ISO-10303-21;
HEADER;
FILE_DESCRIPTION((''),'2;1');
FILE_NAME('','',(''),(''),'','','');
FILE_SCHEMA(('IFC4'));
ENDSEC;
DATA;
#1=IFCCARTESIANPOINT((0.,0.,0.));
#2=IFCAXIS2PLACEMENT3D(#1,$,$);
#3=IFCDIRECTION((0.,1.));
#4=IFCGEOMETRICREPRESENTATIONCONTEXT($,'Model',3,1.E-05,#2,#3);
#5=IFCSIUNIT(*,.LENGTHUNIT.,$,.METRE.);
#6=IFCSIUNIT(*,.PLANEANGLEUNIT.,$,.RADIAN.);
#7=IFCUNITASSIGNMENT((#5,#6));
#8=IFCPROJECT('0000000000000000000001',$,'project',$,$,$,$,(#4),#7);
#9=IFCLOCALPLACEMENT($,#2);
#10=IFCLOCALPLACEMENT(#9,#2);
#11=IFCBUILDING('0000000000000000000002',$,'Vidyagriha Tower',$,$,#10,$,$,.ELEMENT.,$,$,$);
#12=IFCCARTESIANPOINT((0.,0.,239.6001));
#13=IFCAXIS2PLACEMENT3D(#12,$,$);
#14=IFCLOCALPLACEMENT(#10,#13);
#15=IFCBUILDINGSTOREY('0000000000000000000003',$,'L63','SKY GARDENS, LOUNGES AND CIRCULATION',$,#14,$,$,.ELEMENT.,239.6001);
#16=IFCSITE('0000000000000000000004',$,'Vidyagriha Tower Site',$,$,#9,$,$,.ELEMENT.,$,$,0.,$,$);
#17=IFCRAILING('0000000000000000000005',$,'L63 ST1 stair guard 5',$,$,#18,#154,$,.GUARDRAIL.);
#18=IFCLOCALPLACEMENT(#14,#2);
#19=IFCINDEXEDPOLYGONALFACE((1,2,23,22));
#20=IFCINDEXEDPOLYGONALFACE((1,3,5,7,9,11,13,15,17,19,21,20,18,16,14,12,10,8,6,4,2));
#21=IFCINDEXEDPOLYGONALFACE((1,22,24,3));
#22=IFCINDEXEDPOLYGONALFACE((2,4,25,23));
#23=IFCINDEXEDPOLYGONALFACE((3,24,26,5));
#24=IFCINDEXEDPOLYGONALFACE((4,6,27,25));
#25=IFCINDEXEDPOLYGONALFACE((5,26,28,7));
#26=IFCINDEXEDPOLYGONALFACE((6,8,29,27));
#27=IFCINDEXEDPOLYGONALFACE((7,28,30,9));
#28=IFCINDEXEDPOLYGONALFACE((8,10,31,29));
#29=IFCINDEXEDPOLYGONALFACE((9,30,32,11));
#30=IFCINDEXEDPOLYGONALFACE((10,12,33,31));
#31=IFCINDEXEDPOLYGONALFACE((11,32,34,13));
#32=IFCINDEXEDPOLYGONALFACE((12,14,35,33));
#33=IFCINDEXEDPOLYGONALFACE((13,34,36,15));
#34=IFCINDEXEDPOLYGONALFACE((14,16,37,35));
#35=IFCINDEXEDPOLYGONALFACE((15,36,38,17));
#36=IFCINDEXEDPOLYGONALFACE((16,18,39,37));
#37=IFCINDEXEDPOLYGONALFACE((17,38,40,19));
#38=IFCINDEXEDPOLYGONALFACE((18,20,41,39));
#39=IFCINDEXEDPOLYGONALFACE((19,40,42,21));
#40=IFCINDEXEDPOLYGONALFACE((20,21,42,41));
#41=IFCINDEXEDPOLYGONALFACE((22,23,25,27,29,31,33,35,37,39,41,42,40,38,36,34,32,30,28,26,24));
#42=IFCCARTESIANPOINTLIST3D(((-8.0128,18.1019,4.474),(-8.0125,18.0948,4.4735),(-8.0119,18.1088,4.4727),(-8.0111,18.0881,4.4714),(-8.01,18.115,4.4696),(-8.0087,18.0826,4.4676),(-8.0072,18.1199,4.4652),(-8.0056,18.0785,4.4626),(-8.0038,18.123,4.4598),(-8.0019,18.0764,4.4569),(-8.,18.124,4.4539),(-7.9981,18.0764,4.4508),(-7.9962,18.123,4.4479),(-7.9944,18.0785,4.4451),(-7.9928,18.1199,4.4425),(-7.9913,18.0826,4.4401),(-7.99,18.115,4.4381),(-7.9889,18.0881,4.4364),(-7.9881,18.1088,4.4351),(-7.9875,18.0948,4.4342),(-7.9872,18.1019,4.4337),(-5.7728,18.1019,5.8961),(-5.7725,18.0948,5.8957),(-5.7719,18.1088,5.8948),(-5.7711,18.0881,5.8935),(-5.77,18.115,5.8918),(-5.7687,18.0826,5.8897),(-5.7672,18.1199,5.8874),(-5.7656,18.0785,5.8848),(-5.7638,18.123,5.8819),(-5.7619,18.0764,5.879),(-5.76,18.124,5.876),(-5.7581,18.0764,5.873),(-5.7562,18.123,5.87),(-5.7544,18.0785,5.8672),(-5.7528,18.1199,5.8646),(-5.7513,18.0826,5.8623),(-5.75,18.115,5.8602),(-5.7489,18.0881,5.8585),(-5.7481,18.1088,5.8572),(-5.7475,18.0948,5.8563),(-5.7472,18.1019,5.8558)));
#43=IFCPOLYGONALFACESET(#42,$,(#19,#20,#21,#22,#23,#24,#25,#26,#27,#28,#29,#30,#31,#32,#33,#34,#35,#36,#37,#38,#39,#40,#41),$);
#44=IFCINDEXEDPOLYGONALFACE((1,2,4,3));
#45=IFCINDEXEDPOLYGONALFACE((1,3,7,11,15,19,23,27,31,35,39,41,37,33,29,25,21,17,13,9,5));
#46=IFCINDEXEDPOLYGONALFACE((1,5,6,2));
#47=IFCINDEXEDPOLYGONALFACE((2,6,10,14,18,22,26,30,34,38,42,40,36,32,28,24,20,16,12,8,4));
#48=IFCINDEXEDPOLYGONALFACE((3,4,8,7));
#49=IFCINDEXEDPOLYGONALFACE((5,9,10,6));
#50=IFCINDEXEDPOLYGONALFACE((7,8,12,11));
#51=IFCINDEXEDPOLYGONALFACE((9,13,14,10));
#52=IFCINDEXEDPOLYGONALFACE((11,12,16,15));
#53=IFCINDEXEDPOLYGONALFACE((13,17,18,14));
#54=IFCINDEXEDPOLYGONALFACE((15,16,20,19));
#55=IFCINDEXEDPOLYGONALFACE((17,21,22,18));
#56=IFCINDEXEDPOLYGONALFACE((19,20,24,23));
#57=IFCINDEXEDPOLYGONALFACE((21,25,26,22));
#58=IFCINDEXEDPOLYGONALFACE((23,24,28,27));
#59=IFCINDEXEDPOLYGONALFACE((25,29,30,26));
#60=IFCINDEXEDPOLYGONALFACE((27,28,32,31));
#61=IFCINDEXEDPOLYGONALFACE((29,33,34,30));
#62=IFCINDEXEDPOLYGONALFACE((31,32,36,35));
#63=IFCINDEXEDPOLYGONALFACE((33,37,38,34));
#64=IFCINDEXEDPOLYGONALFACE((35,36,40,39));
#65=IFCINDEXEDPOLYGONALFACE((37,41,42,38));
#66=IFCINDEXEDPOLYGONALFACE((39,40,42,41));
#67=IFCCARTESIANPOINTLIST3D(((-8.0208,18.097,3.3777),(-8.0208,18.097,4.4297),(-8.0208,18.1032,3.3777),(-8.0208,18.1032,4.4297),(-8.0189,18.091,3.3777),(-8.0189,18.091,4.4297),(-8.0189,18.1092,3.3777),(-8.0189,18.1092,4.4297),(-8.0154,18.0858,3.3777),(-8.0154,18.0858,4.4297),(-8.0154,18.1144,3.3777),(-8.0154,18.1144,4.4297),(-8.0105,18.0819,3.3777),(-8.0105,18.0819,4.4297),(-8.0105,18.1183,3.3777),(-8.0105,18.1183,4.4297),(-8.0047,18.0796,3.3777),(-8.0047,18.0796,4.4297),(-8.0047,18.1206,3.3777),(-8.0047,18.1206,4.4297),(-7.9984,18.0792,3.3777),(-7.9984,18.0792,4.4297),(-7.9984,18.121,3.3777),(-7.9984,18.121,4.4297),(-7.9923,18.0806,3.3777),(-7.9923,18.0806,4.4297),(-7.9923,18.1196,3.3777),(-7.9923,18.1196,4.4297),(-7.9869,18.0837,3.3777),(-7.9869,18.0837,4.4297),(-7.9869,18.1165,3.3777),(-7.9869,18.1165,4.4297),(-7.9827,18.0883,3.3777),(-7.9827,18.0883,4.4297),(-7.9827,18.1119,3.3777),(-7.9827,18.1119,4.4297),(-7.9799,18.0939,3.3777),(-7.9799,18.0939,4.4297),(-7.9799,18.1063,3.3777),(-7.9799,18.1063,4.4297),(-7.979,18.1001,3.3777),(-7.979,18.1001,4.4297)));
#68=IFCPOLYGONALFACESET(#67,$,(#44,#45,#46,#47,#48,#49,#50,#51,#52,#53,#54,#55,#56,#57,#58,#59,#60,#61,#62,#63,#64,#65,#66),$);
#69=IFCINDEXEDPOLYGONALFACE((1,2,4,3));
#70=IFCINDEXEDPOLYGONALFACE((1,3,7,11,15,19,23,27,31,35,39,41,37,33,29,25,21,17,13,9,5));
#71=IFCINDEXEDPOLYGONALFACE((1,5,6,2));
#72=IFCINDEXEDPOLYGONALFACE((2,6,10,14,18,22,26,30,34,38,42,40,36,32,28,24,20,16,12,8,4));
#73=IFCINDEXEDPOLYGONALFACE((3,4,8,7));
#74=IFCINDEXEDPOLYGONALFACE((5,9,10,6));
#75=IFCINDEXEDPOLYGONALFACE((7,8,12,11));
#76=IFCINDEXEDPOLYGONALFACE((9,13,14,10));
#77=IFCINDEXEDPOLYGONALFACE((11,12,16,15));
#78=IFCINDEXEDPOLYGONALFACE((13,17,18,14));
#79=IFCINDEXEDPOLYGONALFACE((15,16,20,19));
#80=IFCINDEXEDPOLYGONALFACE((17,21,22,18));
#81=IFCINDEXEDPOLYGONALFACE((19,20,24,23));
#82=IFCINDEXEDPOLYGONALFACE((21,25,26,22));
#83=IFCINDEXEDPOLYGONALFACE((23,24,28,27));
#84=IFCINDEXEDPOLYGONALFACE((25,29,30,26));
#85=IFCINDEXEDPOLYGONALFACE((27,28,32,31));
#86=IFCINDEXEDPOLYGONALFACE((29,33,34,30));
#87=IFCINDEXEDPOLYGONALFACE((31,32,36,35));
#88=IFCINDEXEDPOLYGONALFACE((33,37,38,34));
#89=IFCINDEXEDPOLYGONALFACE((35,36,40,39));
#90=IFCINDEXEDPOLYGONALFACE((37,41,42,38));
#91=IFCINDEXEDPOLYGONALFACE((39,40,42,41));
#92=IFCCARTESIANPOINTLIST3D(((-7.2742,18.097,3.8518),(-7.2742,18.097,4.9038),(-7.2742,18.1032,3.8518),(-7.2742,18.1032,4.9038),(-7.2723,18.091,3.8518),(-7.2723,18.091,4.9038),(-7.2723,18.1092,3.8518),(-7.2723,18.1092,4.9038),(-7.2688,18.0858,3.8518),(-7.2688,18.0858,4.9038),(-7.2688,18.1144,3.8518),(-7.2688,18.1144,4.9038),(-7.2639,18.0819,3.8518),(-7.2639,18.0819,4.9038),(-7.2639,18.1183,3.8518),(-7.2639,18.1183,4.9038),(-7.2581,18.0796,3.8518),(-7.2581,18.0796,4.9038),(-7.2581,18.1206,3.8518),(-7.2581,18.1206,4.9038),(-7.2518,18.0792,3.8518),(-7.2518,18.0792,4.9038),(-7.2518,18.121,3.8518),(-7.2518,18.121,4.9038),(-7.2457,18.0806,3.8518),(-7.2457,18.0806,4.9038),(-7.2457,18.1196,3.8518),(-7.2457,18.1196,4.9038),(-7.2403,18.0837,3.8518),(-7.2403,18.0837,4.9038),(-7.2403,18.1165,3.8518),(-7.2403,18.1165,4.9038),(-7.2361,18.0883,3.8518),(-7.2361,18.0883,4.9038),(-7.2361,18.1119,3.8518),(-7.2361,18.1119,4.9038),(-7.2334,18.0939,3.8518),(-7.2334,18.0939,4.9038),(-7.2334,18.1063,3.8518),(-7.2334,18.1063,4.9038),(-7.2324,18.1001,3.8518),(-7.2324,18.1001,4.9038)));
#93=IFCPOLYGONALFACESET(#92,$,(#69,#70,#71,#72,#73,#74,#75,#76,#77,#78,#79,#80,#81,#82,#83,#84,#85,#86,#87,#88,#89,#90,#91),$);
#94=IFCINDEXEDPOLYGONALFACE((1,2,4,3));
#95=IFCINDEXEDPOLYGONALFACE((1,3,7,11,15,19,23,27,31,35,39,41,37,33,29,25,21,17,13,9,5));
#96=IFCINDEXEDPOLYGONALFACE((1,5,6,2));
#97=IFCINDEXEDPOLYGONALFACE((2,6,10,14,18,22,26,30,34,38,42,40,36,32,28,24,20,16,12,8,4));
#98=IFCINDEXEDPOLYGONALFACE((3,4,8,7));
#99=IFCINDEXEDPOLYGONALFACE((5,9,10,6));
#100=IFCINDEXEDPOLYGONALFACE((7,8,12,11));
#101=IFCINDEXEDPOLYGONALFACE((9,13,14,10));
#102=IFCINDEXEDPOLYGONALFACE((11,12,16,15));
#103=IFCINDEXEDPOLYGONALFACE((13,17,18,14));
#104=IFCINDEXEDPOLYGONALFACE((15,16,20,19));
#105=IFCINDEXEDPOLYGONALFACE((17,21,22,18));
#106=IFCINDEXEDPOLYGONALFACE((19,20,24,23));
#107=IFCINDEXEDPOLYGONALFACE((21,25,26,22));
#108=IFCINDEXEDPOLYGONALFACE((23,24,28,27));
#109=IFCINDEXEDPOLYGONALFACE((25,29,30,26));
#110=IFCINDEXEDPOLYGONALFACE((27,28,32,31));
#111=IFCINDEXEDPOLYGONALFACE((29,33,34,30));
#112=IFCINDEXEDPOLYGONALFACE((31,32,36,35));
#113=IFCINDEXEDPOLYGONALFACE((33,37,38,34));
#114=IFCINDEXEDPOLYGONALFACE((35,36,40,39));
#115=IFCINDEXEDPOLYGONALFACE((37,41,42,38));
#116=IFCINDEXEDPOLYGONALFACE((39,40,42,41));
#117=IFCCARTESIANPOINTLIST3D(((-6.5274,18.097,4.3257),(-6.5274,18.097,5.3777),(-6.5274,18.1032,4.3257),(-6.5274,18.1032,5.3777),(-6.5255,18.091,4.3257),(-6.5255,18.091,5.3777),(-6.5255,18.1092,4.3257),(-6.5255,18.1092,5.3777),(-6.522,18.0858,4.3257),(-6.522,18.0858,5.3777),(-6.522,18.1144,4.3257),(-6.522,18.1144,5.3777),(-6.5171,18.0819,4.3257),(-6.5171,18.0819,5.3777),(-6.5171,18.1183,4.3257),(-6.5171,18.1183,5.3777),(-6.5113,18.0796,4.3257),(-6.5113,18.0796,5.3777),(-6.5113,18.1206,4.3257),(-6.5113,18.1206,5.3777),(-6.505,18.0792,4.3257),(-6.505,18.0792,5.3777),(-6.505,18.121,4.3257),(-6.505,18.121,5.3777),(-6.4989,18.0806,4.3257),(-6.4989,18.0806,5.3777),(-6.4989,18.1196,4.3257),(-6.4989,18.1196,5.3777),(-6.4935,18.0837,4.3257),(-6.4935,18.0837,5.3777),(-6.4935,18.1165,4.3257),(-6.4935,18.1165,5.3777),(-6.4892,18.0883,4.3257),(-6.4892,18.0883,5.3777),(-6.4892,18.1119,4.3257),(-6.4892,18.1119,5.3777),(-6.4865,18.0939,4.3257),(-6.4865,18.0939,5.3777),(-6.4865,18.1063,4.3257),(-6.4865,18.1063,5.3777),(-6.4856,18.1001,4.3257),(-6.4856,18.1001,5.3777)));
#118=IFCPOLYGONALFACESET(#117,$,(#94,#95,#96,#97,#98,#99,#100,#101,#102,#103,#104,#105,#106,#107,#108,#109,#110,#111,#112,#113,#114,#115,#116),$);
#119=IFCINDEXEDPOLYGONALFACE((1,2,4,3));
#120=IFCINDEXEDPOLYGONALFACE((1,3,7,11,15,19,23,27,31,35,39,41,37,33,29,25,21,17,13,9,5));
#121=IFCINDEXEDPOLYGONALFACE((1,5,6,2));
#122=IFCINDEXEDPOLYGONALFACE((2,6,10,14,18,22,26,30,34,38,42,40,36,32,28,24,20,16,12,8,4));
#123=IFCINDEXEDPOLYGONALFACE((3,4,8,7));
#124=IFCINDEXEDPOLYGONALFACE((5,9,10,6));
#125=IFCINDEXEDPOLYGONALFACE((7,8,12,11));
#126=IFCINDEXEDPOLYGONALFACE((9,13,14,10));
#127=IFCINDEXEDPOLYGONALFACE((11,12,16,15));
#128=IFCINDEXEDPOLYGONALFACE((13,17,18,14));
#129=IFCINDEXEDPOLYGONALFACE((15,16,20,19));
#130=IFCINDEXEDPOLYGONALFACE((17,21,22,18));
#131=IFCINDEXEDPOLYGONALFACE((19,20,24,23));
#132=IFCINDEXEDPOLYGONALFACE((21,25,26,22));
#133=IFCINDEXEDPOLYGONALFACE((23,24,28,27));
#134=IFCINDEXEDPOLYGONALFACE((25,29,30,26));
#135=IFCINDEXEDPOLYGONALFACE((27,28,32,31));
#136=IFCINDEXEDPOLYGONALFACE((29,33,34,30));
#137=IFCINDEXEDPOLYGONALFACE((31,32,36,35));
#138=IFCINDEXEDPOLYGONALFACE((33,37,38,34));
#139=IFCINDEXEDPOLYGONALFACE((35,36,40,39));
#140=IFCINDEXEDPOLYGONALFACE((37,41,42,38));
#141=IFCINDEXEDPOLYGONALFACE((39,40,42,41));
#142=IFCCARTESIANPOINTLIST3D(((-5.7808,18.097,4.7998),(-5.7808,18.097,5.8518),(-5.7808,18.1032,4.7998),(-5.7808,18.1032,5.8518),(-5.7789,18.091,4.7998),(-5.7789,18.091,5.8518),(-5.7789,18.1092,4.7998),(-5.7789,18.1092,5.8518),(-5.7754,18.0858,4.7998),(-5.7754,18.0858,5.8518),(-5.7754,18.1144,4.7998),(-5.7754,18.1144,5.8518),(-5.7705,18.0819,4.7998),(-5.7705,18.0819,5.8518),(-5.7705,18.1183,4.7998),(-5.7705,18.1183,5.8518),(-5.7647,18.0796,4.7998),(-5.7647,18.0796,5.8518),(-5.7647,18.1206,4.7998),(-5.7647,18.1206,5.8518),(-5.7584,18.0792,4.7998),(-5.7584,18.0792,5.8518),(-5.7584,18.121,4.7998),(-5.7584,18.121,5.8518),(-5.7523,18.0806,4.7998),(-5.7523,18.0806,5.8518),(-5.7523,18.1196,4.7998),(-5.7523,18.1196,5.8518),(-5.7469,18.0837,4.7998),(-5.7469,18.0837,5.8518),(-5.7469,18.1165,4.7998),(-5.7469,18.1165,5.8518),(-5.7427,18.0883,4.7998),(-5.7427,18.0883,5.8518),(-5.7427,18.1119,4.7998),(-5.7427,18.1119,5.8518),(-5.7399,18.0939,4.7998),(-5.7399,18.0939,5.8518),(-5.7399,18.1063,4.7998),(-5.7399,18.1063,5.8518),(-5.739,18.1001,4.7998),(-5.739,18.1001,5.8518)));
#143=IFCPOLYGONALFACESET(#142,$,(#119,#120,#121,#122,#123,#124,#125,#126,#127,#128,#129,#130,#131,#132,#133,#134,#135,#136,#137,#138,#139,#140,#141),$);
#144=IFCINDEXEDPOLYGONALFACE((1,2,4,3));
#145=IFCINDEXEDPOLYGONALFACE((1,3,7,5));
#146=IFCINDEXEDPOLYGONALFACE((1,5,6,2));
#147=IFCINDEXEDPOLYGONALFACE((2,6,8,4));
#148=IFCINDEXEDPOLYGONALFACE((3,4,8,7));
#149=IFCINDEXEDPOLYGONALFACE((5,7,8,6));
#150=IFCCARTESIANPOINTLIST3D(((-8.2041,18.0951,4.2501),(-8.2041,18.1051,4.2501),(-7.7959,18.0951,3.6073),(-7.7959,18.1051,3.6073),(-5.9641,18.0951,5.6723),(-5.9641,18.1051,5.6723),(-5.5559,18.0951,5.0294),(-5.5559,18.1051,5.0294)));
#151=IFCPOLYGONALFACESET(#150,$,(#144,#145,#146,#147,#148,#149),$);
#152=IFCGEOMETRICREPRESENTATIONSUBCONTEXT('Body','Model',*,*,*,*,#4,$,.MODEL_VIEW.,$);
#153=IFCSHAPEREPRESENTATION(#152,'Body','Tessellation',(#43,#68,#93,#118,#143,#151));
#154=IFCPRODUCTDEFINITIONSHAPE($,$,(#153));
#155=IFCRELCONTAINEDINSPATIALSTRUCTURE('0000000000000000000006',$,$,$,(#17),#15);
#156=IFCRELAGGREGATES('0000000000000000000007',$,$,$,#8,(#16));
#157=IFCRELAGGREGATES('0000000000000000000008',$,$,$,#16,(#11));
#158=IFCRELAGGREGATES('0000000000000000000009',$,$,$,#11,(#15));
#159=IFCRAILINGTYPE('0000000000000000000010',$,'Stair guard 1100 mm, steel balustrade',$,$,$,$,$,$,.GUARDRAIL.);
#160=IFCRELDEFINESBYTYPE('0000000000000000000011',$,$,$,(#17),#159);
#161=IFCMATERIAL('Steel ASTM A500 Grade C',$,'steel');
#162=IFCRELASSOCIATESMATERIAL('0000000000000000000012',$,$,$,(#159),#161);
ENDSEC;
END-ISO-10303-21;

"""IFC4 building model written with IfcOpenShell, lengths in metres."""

from ifc_helpers import new_model, si_unit, direction, frame, origin, origin_2d, place, context, subcontext, project, spatial, rectangle, circle, extrude, material, type_object, element, save


model = new_model("IFC4")

# Units and contexts
model_context = context("Model", 3, precision=1e-05, world=origin(), true_north=direction((0.0, 1.0)))
body_context = subcontext(model_context, "Body", "Model", "MODEL_VIEW")
ifc_project = project(units=[si_unit("LENGTHUNIT", "METRE"), si_unit("PLANEANGLEUNIT", "RADIAN")], contexts=[model_context])

# Site, building, storey
site_placement = place(None, origin())
site = spatial("IfcSite", under=ifc_project, at=site_placement, Name="Vidyagriha Tower Site", CompositionType="ELEMENT", RefElevation=0.0)
building_placement = place(site_placement, origin())
building = spatial("IfcBuilding", under=site, at=building_placement, Name="Vidyagriha Tower", CompositionType="ELEMENT")
storey_placement = place(building_placement, frame((0.0, 0.0, 239.6001)))
storey = spatial("IfcBuildingStorey", under=building, at=storey_placement, Name="L63", Description="SKY GARDENS, LOUNGES AND CIRCULATION", CompositionType="ELEMENT", Elevation=239.6001)

# Railing
ifc_material_1 = material(Name="Steel ASTM A500 Grade C", Category="steel")
railing_type_1 = type_object("IfcRailingType", Name="Stair guard 1100 mm, steel balustrade", PredefinedType="GUARDRAIL", material=ifc_material_1)
railing_1_placement = place(storey_placement, frame((-8.0, 18.1001, 3.3777)))
element("IfcRailing", 1, at=railing_1_placement, inside=storey, type_object=railing_type_1, Name="L63 ST1 stair guard 5", PredefinedType="GUARDRAIL", context=body_context, shape_type="SweptSolid", body=[
    extrude(circle(Radius=0.0239, at=origin_2d()), frame((0.0, 0.0, 1.0762), z_axis=(0.844229, 0.0, 0.535982), x_axis=(0.0, 1.0, 0.0)), (0.0, 0.0, 1.0), 2.6533),
    extrude(circle(Radius=0.021, at=origin_2d()), origin(), (0.0, 0.0, 1.0), 1.052),
    extrude(circle(Radius=0.021, at=origin_2d()), frame((0.7466, 0.0, 0.4741)), (0.0, 0.0, 1.0), 1.052),
    extrude(circle(Radius=0.021, at=origin_2d()), frame((1.4934, 0.0, 0.948)), (0.0, 0.0, 1.0), 1.052),
    extrude(circle(Radius=0.021, at=origin_2d()), frame((2.24, 0.0, 1.4221)), (0.0, 0.0, 1.0), 1.052),
    extrude(rectangle(XDim=0.01, YDim=0.7615, at=origin_2d()), frame((0.0, 0.0, 0.551), z_axis=(0.844229, 0.0, 0.535982), x_axis=(0.0, 1.0, 0.0)), (0.0, 0.0, 1.0), 2.6533),
])

save(model, "model.ifc")
